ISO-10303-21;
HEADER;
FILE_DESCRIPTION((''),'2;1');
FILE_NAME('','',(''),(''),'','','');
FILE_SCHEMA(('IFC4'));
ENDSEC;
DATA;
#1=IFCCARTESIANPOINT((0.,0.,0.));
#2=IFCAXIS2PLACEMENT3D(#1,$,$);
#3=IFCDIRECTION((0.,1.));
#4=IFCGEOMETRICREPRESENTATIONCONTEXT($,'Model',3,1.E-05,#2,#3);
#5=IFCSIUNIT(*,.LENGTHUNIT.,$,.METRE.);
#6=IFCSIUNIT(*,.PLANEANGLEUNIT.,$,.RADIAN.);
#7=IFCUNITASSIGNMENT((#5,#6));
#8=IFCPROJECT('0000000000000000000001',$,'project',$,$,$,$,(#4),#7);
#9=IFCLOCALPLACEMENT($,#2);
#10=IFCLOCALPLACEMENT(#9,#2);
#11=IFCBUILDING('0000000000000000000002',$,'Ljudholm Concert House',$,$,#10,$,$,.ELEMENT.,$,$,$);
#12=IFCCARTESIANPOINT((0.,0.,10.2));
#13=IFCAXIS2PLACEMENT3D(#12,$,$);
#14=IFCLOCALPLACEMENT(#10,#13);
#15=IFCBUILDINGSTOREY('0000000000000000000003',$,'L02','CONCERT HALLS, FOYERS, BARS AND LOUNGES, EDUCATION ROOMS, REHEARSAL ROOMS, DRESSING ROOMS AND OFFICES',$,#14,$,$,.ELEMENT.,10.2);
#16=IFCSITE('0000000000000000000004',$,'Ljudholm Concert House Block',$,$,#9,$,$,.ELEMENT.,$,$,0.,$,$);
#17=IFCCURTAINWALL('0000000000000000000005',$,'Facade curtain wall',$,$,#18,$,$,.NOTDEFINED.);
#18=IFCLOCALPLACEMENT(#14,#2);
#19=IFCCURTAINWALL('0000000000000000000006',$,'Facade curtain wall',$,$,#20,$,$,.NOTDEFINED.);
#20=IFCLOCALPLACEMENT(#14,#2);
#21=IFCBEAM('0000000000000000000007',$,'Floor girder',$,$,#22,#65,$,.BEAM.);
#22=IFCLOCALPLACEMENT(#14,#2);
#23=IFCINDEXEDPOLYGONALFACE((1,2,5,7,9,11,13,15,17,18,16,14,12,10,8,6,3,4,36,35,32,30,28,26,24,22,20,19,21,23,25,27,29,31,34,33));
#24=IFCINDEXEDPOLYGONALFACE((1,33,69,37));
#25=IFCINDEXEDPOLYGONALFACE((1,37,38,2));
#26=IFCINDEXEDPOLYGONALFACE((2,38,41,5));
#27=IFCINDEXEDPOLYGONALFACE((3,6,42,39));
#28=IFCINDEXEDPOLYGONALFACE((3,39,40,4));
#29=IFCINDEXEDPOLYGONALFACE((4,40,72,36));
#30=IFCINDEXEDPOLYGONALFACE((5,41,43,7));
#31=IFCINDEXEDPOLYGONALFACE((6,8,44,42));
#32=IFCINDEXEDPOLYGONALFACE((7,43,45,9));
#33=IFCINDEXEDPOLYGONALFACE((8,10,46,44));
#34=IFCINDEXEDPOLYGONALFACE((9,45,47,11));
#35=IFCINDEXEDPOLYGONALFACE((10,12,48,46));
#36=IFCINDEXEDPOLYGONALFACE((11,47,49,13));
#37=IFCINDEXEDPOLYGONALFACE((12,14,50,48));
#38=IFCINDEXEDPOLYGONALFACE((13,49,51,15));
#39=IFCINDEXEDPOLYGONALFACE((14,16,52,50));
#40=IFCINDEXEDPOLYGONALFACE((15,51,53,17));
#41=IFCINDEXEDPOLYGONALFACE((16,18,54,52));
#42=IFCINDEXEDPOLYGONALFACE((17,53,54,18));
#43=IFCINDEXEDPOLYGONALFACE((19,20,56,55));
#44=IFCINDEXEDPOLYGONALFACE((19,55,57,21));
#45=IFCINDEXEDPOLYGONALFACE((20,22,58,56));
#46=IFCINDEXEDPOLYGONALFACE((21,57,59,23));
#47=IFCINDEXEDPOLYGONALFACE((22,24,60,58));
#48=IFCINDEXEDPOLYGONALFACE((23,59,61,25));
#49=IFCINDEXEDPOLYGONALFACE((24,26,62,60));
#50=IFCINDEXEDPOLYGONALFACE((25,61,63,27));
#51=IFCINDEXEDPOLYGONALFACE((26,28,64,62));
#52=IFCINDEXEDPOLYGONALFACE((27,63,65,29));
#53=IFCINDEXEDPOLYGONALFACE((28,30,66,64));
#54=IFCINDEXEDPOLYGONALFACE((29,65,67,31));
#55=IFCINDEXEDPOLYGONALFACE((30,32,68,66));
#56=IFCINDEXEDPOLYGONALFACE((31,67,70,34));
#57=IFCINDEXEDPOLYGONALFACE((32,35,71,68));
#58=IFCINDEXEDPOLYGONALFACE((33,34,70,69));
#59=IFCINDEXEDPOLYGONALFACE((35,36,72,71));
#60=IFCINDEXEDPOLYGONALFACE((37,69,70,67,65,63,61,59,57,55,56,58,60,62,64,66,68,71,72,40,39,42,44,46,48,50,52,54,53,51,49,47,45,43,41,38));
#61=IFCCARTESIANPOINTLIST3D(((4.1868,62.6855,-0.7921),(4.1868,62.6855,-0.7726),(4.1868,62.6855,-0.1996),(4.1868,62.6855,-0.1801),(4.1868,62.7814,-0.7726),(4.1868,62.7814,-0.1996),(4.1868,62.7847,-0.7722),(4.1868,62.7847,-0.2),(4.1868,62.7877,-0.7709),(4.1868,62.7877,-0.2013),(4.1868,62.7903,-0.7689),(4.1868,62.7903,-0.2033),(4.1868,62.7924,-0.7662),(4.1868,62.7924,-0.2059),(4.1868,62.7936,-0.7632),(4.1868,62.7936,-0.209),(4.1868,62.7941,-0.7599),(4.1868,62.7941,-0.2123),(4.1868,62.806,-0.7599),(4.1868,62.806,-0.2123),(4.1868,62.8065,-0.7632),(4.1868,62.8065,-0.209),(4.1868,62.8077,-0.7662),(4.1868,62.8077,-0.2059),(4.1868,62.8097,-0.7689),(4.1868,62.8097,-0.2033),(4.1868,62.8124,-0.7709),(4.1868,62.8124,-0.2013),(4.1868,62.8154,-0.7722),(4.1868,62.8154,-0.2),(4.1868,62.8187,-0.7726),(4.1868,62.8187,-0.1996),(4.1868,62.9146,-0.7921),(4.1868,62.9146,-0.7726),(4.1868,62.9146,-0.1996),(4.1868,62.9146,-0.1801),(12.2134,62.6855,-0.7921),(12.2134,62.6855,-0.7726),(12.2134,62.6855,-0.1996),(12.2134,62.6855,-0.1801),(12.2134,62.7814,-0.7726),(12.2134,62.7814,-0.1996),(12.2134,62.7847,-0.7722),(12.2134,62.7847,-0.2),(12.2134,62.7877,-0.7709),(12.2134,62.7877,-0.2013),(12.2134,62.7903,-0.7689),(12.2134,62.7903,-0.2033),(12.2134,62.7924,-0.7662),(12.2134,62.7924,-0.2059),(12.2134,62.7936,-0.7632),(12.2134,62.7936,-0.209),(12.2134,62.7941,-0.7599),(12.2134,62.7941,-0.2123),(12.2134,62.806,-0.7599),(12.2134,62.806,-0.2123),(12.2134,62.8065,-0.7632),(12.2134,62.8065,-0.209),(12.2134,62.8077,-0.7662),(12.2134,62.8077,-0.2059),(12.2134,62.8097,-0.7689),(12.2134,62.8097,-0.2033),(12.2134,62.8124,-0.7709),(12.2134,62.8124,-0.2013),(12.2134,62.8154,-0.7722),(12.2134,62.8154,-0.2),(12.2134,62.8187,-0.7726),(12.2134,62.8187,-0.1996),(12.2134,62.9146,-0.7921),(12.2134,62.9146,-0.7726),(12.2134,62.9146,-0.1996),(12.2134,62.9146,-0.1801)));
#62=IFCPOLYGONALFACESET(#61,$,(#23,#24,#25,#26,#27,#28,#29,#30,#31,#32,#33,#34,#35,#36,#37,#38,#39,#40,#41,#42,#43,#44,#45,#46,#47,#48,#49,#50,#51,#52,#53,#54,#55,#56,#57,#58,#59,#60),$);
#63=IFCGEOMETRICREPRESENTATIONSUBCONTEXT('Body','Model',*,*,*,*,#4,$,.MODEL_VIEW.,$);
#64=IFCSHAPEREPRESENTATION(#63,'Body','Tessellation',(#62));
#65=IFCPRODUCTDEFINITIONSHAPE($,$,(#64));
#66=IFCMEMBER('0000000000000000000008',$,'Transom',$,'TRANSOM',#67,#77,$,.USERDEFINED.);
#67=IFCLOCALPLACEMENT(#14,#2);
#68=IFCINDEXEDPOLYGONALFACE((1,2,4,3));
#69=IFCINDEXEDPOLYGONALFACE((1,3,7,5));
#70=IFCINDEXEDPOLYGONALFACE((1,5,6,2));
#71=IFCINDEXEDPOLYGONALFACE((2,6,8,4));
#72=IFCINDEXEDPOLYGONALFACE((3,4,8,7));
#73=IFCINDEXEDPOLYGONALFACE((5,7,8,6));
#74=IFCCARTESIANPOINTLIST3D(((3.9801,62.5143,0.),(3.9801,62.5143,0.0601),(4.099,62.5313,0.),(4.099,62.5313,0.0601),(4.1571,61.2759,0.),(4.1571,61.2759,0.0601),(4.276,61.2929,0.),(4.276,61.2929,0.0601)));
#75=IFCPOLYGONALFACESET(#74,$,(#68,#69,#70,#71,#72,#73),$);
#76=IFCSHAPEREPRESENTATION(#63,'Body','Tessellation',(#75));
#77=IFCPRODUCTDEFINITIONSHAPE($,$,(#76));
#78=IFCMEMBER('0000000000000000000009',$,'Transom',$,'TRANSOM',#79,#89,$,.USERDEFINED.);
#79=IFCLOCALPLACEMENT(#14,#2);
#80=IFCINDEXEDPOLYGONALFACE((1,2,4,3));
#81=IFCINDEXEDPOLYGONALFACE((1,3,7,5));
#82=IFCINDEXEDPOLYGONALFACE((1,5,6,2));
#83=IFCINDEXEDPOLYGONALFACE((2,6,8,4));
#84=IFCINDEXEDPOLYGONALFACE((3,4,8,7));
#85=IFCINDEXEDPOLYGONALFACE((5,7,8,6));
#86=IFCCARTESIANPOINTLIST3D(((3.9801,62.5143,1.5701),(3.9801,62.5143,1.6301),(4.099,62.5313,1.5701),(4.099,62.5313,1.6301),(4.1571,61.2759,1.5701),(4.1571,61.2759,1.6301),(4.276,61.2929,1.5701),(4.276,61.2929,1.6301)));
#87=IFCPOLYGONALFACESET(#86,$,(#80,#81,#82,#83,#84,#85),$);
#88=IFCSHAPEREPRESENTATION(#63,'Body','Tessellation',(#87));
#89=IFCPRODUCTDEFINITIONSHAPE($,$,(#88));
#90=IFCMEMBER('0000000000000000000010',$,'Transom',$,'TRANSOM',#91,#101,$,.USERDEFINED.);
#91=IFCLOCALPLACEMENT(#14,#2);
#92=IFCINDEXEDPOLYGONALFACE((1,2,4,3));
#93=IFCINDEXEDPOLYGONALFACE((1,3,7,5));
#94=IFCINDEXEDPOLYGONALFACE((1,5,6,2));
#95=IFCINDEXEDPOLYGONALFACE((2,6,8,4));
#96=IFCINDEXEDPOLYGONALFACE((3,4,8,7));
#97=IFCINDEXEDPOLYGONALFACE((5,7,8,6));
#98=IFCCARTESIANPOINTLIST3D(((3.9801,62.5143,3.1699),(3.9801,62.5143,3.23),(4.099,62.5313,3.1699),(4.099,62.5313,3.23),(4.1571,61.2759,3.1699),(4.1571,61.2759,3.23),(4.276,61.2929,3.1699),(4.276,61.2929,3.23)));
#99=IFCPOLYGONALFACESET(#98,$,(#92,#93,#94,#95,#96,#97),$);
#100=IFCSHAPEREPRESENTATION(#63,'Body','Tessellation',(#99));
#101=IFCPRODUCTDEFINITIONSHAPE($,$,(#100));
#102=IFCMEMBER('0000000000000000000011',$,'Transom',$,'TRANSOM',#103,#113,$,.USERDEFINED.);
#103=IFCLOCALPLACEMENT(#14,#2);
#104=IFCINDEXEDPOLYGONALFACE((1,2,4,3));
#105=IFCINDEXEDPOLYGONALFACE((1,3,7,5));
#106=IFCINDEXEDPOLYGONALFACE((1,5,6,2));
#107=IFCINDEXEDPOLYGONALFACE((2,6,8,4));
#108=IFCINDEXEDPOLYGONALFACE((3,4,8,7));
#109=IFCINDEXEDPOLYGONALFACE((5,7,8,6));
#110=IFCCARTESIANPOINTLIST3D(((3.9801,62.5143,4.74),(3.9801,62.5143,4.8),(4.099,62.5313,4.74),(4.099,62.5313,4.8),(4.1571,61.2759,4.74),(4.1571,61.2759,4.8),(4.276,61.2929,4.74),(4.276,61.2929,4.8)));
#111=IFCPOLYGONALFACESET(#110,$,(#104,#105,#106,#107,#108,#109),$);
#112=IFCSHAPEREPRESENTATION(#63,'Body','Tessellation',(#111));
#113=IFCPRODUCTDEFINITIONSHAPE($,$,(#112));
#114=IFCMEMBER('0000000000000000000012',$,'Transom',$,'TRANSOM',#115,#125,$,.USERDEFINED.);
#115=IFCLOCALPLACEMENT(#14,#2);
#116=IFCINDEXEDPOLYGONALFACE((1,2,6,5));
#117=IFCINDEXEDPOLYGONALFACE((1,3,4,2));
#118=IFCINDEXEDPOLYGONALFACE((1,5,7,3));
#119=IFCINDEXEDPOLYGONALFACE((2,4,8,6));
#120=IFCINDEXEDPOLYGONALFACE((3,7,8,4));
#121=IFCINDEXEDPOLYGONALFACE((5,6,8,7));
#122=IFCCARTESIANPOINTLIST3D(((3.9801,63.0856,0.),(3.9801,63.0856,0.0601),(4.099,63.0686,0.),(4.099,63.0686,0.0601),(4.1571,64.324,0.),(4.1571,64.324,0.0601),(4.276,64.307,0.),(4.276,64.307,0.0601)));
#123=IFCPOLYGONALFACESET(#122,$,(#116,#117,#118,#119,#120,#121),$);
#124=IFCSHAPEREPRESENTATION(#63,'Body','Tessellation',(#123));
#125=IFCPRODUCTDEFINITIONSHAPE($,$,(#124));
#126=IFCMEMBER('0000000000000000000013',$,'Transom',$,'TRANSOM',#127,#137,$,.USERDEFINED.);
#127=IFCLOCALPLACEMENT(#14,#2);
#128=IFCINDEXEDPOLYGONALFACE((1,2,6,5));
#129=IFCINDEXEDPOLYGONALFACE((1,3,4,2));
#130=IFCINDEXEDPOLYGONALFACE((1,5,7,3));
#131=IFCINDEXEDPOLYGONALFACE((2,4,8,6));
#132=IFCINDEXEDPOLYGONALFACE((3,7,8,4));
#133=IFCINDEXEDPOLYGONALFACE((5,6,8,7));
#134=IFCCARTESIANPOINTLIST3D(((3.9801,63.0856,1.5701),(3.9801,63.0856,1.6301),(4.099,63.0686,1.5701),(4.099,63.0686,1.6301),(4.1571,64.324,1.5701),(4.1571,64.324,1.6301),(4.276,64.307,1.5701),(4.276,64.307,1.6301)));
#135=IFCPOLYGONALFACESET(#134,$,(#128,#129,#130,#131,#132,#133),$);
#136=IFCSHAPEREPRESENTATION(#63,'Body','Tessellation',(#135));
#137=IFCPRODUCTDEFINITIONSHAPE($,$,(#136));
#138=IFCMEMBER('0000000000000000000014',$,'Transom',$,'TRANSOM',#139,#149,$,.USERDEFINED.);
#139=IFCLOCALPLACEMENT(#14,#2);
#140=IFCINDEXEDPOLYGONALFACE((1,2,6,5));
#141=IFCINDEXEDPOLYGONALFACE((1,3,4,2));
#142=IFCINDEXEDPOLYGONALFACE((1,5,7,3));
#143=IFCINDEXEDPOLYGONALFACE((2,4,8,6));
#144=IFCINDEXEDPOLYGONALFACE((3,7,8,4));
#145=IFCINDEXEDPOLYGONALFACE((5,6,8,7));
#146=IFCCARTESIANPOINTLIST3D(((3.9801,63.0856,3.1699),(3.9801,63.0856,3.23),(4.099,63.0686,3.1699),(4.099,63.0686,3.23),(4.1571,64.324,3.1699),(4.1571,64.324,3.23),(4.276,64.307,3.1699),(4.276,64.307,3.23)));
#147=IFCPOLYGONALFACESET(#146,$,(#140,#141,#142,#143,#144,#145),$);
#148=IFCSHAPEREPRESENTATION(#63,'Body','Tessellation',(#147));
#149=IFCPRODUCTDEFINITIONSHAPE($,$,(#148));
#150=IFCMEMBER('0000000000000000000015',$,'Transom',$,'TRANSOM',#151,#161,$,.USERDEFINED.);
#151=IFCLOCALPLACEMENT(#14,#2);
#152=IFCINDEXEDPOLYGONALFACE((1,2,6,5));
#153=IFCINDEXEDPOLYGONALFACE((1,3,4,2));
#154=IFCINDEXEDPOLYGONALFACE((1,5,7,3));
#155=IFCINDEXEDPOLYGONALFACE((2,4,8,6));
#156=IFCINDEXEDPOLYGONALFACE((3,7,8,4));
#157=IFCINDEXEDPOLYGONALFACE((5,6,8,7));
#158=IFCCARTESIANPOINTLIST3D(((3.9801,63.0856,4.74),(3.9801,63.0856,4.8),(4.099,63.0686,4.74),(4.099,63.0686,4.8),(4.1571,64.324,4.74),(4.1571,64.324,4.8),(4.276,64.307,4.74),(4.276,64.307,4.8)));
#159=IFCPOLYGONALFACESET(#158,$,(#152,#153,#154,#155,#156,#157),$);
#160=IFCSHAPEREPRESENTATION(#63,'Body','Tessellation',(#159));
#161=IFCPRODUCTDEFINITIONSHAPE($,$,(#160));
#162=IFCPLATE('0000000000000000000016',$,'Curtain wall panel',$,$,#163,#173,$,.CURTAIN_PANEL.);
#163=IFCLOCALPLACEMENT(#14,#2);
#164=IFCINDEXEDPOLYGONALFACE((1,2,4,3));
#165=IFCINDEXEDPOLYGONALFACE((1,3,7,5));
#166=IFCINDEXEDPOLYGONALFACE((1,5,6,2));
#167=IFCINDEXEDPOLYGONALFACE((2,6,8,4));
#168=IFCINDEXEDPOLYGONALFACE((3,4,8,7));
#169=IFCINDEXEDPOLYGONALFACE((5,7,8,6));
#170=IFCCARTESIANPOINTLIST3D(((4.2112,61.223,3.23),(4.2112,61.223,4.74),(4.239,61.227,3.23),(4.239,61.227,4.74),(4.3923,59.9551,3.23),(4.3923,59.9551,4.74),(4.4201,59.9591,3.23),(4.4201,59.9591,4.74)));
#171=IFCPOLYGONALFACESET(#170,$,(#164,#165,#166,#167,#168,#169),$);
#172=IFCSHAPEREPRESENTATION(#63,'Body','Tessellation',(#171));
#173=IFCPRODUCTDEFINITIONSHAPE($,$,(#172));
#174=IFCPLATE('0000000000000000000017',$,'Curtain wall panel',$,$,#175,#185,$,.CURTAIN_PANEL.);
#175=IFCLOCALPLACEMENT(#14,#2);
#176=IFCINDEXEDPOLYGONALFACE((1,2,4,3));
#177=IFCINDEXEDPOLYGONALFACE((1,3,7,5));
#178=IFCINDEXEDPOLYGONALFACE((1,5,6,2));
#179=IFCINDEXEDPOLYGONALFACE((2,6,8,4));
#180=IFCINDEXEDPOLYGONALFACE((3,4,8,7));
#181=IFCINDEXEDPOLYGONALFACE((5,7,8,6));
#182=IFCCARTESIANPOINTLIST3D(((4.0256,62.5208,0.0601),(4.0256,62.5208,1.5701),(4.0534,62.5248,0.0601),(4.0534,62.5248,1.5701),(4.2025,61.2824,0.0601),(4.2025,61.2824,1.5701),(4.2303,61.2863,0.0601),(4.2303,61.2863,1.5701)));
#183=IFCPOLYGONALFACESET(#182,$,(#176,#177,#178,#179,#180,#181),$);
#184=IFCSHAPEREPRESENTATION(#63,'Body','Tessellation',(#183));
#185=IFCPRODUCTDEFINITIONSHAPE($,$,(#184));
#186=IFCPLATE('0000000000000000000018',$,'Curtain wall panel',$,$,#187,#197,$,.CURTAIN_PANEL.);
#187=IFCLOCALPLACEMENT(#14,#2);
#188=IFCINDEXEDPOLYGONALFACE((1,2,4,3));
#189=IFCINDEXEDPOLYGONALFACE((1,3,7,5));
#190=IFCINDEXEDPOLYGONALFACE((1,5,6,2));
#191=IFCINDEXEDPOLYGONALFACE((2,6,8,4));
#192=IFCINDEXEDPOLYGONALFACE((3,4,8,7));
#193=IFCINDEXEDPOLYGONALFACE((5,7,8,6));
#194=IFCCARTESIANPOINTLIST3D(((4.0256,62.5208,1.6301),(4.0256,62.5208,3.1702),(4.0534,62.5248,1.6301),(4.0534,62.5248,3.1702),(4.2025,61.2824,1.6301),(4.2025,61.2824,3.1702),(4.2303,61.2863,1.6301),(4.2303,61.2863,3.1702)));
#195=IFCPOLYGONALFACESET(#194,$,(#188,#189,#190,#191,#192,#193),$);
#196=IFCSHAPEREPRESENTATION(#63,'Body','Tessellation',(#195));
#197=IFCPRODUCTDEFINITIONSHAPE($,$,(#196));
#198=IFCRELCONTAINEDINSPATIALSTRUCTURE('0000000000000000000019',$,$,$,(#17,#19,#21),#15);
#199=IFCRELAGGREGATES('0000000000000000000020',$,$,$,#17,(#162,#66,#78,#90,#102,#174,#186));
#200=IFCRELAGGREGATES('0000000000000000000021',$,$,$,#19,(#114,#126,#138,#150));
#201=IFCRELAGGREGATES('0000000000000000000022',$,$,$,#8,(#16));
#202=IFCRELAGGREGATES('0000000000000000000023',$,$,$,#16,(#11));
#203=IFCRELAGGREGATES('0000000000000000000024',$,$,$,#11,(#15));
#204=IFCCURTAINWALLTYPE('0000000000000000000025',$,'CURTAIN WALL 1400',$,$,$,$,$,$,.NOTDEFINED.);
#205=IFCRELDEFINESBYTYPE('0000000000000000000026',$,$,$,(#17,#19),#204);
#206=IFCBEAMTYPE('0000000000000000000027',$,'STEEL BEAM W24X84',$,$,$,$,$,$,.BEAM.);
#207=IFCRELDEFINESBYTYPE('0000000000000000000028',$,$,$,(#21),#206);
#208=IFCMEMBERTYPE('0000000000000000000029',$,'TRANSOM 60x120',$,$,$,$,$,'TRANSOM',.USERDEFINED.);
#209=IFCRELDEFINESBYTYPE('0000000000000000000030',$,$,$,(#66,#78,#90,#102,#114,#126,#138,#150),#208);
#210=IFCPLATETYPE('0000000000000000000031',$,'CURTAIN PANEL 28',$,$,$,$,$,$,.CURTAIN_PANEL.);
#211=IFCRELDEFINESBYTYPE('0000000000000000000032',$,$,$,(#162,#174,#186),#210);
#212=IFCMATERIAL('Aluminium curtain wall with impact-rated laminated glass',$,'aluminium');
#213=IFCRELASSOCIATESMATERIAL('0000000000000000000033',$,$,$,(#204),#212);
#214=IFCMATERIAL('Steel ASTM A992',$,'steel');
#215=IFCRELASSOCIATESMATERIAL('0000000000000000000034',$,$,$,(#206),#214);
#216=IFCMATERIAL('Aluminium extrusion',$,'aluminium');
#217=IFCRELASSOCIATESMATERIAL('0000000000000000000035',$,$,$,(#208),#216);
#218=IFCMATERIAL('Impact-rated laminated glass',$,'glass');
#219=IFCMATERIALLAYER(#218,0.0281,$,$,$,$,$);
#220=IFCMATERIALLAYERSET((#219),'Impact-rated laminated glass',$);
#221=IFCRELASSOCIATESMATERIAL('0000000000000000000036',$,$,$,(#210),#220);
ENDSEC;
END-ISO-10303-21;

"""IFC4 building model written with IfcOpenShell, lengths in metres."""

from ifc_helpers import new_model, si_unit, direction, frame, origin, origin_2d, place, context, subcontext, project, spatial, rectangle, i_section, extrude, material, layer, layer_set, material_profile, profile_set, type_object, element, aggregate, save


model = new_model("IFC4")

# Units and contexts
model_context = context("Model", 3, precision=1e-05, world=origin(), true_north=direction((0.0, 1.0)))
body_context = subcontext(model_context, "Body", "Model", "MODEL_VIEW")
ifc_project = project(units=[si_unit("LENGTHUNIT", "METRE"), si_unit("PLANEANGLEUNIT", "RADIAN")], contexts=[model_context])

# Site, building, storey
site_placement = place(None, origin())
site = spatial("IfcSite", under=ifc_project, at=site_placement, Name="Ljudholm Concert House Block", CompositionType="ELEMENT", RefElevation=0.0)
building_placement = place(site_placement, origin())
building = spatial("IfcBuilding", under=site, at=building_placement, Name="Ljudholm Concert House", CompositionType="ELEMENT")
storey_placement = place(building_placement, frame((0.0, 0.0, 10.2)))
storey = spatial("IfcBuildingStorey", under=building, at=storey_placement, Name="L02", Description="CONCERT HALLS, FOYERS, BARS AND LOUNGES, EDUCATION ROOMS, REHEARSAL ROOMS, DRESSING ROOMS AND OFFICES", CompositionType="ELEMENT", Elevation=10.2)

# Curtain walls
ifc_material_1 = material(Name="Aluminium curtain wall with impact-rated laminated glass", Category="aluminium")
curtain_wall_type = type_object("IfcCurtainWallType", Name="CURTAIN WALL 1400", PredefinedType="NOTDEFINED", material=ifc_material_1)
curtain_wall_1_placement = place(storey_placement, origin())
curtain_wall_1 = element("IfcCurtainWall", 1, at=curtain_wall_1_placement, inside=storey, type_object=curtain_wall_type, Name="Facade curtain wall", PredefinedType="NOTDEFINED")
curtain_wall_2_placement = place(storey_placement, origin())
curtain_wall_2 = element("IfcCurtainWall", 2, at=curtain_wall_2_placement, inside=storey, type_object=curtain_wall_type, Name="Facade curtain wall", PredefinedType="NOTDEFINED")

# Beam
ifc_material_2 = material(Name="Steel ASTM A992", Category="steel")
ifc_material_profile_1 = material_profile(ifc_material_2, i_section(OverallWidth=0.229, OverallDepth=0.6121, WebThickness=0.012, FlangeThickness=0.0195, FilletRadius=0.0127, at=origin_2d()), Name="W24X84")
ifc_profile_set_1 = profile_set([ifc_material_profile_1], Name="Steel ASTM A992")
beam_type_1 = type_object("IfcBeamType", Name="STEEL BEAM W24X84", PredefinedType="BEAM", material=ifc_profile_set_1)
beam_1_placement = place(storey_placement, frame((4.1868, 62.8, -0.4861), z_axis=(1.0, 0.0, 0.0), x_axis=(0.0, 1.0, 0.0)))
element("IfcBeam", 3, at=beam_1_placement, inside=storey, type_object=beam_type_1, Name="Floor girder", PredefinedType="BEAM", context=body_context, shape_type="SweptSolid", body=[
    extrude(i_section(OverallWidth=0.229, OverallDepth=0.6121, WebThickness=0.012, FlangeThickness=0.0195, FilletRadius=0.0127, at=origin_2d()), origin(), (0.0, 0.0, 1.0), 8.0266),
])

# Members
ifc_material_3 = material(Name="Aluminium extrusion", Category="aluminium")
ifc_material_profile_2 = material_profile(ifc_material_3, rectangle(XDim=0.1201, YDim=0.0601, at=origin_2d()), Name="TRANSOM 60x120")
ifc_profile_set_2 = profile_set([ifc_material_profile_2], Name="Aluminium extrusion")
member_type_1 = type_object("IfcMemberType", Name="TRANSOM 60x120", ElementType="TRANSOM", PredefinedType="USERDEFINED", material=ifc_profile_set_2)
member_1_placement = place(storey_placement, frame((4.2166, 61.2844, 0.03), z_axis=(-0.141503, 0.989938, 0.0), x_axis=(-0.989938, -0.141503, 0.0)))
member_1 = element("IfcMember", 4, at=member_1_placement, type_object=member_type_1, Name="Transom", ObjectType="TRANSOM", PredefinedType="USERDEFINED", context=body_context, shape_type="SweptSolid", body=[
    extrude(rectangle(XDim=0.1201, YDim=0.0601, at=origin_2d()), origin(), (0.0, 0.0, 1.0), 1.251),
])
member_2_placement = place(storey_placement, frame((4.2166, 61.2844, 1.6001), z_axis=(-0.141503, 0.989938, 0.0), x_axis=(-0.989938, -0.141503, 0.0)))
member_2 = element("IfcMember", 5, at=member_2_placement, type_object=member_type_1, Name="Transom", ObjectType="TRANSOM", PredefinedType="USERDEFINED", context=body_context, shape_type="SweptSolid", body=[
    extrude(rectangle(XDim=0.1201, YDim=0.0601, at=origin_2d()), origin(), (0.0, 0.0, 1.0), 1.251),
])
member_3_placement = place(storey_placement, frame((4.2166, 61.2844, 3.2), z_axis=(-0.141503, 0.989938, 0.0), x_axis=(-0.989938, -0.141503, 0.0)))
member_3 = element("IfcMember", 6, at=member_3_placement, type_object=member_type_1, Name="Transom", ObjectType="TRANSOM", PredefinedType="USERDEFINED", context=body_context, shape_type="SweptSolid", body=[
    extrude(rectangle(XDim=0.1201, YDim=0.0601, at=origin_2d()), origin(), (0.0, 0.0, 1.0), 1.251),
])
member_4_placement = place(storey_placement, frame((4.2166, 61.2844, 4.77), z_axis=(-0.141503, 0.989938, 0.0), x_axis=(-0.989938, -0.141503, 0.0)))
member_4 = element("IfcMember", 7, at=member_4_placement, type_object=member_type_1, Name="Transom", ObjectType="TRANSOM", PredefinedType="USERDEFINED", context=body_context, shape_type="SweptSolid", body=[
    extrude(rectangle(XDim=0.1201, YDim=0.0601, at=origin_2d()), origin(), (0.0, 0.0, 1.0), 1.251),
])
member_5_placement = place(storey_placement, frame((4.0396, 63.0771, 0.03), z_axis=(0.141503, 0.989938, 0.0), x_axis=(-0.989938, 0.141503, 0.0)))
member_5 = element("IfcMember", 8, at=member_5_placement, type_object=member_type_1, Name="Transom", ObjectType="TRANSOM", PredefinedType="USERDEFINED", context=body_context, shape_type="SweptSolid", body=[
    extrude(rectangle(XDim=0.1201, YDim=0.0601, at=origin_2d()), origin(), (0.0, 0.0, 1.0), 1.251),
])
member_6_placement = place(storey_placement, frame((4.0396, 63.0771, 1.6001), z_axis=(0.141503, 0.989938, 0.0), x_axis=(-0.989938, 0.141503, 0.0)))
member_6 = element("IfcMember", 9, at=member_6_placement, type_object=member_type_1, Name="Transom", ObjectType="TRANSOM", PredefinedType="USERDEFINED", context=body_context, shape_type="SweptSolid", body=[
    extrude(rectangle(XDim=0.1201, YDim=0.0601, at=origin_2d()), origin(), (0.0, 0.0, 1.0), 1.251),
])
member_7_placement = place(storey_placement, frame((4.0396, 63.0771, 3.2), z_axis=(0.141503, 0.989938, 0.0), x_axis=(-0.989938, 0.141503, 0.0)))
member_7 = element("IfcMember", 10, at=member_7_placement, type_object=member_type_1, Name="Transom", ObjectType="TRANSOM", PredefinedType="USERDEFINED", context=body_context, shape_type="SweptSolid", body=[
    extrude(rectangle(XDim=0.1201, YDim=0.0601, at=origin_2d()), origin(), (0.0, 0.0, 1.0), 1.251),
])
member_8_placement = place(storey_placement, frame((4.0396, 63.0771, 4.77), z_axis=(0.141503, 0.989938, 0.0), x_axis=(-0.989938, 0.141503, 0.0)))
member_8 = element("IfcMember", 11, at=member_8_placement, type_object=member_type_1, Name="Transom", ObjectType="TRANSOM", PredefinedType="USERDEFINED", context=body_context, shape_type="SweptSolid", body=[
    extrude(rectangle(XDim=0.1201, YDim=0.0601, at=origin_2d()), origin(), (0.0, 0.0, 1.0), 1.251),
])

# Plates
ifc_material_4 = material(Name="Impact-rated laminated glass", Category="glass")
ifc_layer = layer(ifc_material_4, 0.0281)
ifc_layer_set = layer_set([ifc_layer], Name="Impact-rated laminated glass")
plate_type = type_object("IfcPlateType", Name="CURTAIN PANEL 28", PredefinedType="CURTAIN_PANEL", material=ifc_layer_set)
plate_1_placement = place(storey_placement, frame((4.3157, 60.5911, 3.23), z_axis=(0.0, 0.0, 1.0), x_axis=(-0.141421, 0.989949, 0.0)))
plate_1 = element("IfcPlate", 12, at=plate_1_placement, type_object=plate_type, Name="Curtain wall panel", PredefinedType="CURTAIN_PANEL", context=body_context, shape_type="SweptSolid", body=[
    extrude(rectangle(XDim=1.2808, YDim=0.0281, at=origin_2d()), origin(), (0.0, 0.0, 1.0), 1.51),
])
plate_2_placement = place(storey_placement, frame((4.1279, 61.9036, 0.0601), z_axis=(0.0, 0.0, 1.0), x_axis=(-0.141421, 0.989949, 0.0)))
plate_2 = element("IfcPlate", 13, at=plate_2_placement, type_object=plate_type, Name="Curtain wall panel", PredefinedType="CURTAIN_PANEL", context=body_context, shape_type="SweptSolid", body=[
    extrude(rectangle(XDim=1.251, YDim=0.0281, at=origin_2d()), origin(), (0.0, 0.0, 1.0), 1.51),
])
plate_3_placement = place(storey_placement, frame((4.1279, 61.9036, 1.6301), z_axis=(0.0, 0.0, 1.0), x_axis=(-0.141421, 0.989949, 0.0)))
plate_3 = element("IfcPlate", 14, at=plate_3_placement, type_object=plate_type, Name="Curtain wall panel", PredefinedType="CURTAIN_PANEL", context=body_context, shape_type="SweptSolid", body=[
    extrude(rectangle(XDim=1.251, YDim=0.0281, at=origin_2d()), origin(), (0.0, 0.0, 1.0), 1.54),
])
aggregate(curtain_wall_1, [plate_1, member_1, member_2, member_3, member_4, plate_2, plate_3])
aggregate(curtain_wall_2, [member_5, member_6, member_7, member_8])

save(model, "model.ifc")
